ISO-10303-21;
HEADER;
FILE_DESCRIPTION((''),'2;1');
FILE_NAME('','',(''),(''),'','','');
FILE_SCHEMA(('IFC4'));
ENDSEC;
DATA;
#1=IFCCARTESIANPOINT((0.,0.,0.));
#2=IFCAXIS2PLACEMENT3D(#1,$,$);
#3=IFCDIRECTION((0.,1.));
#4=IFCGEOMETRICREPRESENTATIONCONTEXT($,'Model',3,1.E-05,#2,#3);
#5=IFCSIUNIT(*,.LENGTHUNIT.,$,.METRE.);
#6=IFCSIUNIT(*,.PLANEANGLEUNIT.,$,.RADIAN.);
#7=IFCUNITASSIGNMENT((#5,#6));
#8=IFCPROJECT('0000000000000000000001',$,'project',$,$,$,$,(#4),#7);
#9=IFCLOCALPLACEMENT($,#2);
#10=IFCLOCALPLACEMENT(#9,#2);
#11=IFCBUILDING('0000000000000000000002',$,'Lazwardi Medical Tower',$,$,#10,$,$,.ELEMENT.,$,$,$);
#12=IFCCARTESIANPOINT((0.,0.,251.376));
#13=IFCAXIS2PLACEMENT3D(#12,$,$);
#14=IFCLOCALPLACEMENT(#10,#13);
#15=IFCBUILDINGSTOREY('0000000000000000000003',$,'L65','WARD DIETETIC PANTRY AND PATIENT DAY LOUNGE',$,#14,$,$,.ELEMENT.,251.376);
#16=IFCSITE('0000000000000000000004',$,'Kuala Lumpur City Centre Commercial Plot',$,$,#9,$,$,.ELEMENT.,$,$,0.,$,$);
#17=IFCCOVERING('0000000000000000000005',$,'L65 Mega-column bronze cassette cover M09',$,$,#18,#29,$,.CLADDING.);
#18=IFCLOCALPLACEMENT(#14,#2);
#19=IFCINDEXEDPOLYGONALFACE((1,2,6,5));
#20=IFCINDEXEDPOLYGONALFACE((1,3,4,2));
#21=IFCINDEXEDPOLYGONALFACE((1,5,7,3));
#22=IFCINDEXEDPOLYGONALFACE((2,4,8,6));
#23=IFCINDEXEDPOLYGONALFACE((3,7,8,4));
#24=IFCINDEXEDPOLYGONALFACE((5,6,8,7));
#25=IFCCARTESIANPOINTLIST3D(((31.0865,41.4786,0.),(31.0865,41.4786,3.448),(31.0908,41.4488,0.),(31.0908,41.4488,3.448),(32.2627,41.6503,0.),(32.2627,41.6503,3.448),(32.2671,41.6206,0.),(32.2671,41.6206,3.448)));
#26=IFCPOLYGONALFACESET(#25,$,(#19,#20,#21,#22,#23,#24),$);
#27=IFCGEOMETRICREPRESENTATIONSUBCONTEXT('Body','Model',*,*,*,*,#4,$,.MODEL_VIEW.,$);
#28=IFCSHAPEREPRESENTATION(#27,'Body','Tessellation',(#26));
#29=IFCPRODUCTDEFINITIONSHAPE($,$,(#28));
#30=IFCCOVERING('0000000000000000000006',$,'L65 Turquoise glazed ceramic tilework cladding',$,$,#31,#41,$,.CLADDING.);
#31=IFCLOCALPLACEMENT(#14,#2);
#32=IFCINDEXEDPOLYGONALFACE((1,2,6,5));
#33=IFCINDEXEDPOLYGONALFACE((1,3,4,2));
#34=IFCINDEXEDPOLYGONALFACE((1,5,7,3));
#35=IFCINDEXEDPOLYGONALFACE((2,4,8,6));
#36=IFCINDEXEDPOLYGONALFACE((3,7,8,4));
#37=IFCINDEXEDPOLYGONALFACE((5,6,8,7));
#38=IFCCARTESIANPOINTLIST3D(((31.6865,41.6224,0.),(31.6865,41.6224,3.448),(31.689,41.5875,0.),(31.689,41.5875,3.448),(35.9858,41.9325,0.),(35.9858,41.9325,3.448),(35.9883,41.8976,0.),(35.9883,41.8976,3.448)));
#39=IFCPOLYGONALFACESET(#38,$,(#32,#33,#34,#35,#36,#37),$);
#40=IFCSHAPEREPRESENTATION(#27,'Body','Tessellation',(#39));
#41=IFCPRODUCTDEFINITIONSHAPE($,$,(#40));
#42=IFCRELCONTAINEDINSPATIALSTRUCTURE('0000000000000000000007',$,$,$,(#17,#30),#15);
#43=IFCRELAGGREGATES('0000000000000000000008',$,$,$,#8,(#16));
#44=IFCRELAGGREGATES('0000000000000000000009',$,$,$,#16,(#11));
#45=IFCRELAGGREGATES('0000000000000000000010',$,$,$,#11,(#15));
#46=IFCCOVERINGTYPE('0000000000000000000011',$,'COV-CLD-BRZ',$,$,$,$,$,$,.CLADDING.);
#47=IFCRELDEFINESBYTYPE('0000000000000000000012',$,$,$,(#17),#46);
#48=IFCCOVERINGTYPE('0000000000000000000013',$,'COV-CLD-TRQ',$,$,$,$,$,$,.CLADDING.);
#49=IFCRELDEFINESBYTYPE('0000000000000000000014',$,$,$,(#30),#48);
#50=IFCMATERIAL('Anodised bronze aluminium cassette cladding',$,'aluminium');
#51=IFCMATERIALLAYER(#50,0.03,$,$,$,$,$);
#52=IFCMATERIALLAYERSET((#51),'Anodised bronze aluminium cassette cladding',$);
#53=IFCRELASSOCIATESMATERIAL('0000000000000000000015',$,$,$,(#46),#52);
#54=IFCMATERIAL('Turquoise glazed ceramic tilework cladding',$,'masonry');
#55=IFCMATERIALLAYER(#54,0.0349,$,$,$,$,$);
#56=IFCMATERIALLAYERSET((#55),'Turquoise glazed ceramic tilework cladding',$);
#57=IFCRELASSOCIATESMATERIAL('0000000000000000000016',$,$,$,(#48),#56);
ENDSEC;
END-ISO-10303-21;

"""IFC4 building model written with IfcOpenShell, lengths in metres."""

from ifc_helpers import new_model, si_unit, direction, frame, origin, origin_2d, place, context, subcontext, project, spatial, rectangle, extrude, material, layer, layer_set, type_object, element, save


model = new_model("IFC4")

# Units and contexts
model_context = context("Model", 3, precision=1e-05, world=origin(), true_north=direction((0.0, 1.0)))
body_context = subcontext(model_context, "Body", "Model", "MODEL_VIEW")
ifc_project = project(units=[si_unit("LENGTHUNIT", "METRE"), si_unit("PLANEANGLEUNIT", "RADIAN")], contexts=[model_context])

# Site, building, storey
site_placement = place(None, origin())
site = spatial("IfcSite", under=ifc_project, at=site_placement, Name="Kuala Lumpur City Centre Commercial Plot", CompositionType="ELEMENT", RefElevation=0.0)
building_placement = place(site_placement, origin())
building = spatial("IfcBuilding", under=site, at=building_placement, Name="Lazwardi Medical Tower", CompositionType="ELEMENT")
storey_placement = place(building_placement, frame((0.0, 0.0, 251.376)))
storey = spatial("IfcBuildingStorey", under=building, at=storey_placement, Name="L65", Description="WARD DIETETIC PANTRY AND PATIENT DAY LOUNGE", CompositionType="ELEMENT", Elevation=251.376)

# Coverings
ifc_material_1 = material(Name="Anodised bronze aluminium cassette cladding", Category="aluminium")
ifc_layer_1 = layer(ifc_material_1, 0.03)
ifc_layer_set_1 = layer_set([ifc_layer_1], Name="Anodised bronze aluminium cassette cladding")
covering_type_1 = type_object("IfcCoveringType", Name="COV-CLD-BRZ", PredefinedType="CLADDING", material=ifc_layer_set_1)
covering_1_placement = place(storey_placement, frame((31.6768, 41.5496, 0.0), z_axis=(0.0, 0.0, 1.0), x_axis=(-0.989512, -0.144448, 0.0)))
element("IfcCovering", 1, at=covering_1_placement, inside=storey, type_object=covering_type_1, Name="L65 Mega-column bronze cassette cover M09", PredefinedType="CLADDING", context=body_context, shape_type="SweptSolid", body=[
    extrude(rectangle(XDim=1.1887, YDim=0.03, at=origin_2d()), origin(), (0.0, 0.0, 1.0), 3.448),
])
ifc_material_2 = material(Name="Turquoise glazed ceramic tilework cladding", Category="masonry")
ifc_layer_2 = layer(ifc_material_2, 0.0349)
ifc_layer_set_2 = layer_set([ifc_layer_2], Name="Turquoise glazed ceramic tilework cladding")
covering_type_2 = type_object("IfcCoveringType", Name="COV-CLD-TRQ", PredefinedType="CLADDING", material=ifc_layer_set_2)
covering_2_placement = place(storey_placement, frame((33.8374, 41.76, 0.0), z_axis=(0.0, 0.0, 1.0), x_axis=(-0.997409, -0.07194, 0.0)))
element("IfcCovering", 2, at=covering_2_placement, inside=storey, type_object=covering_type_2, Name="L65 Turquoise glazed ceramic tilework cladding", PredefinedType="CLADDING", context=body_context, shape_type="SweptSolid", body=[
    extrude(rectangle(XDim=4.3105, YDim=0.0349, at=origin_2d()), origin(), (0.0, 0.0, 1.0), 3.448),
])

save(model, "model.ifc")
